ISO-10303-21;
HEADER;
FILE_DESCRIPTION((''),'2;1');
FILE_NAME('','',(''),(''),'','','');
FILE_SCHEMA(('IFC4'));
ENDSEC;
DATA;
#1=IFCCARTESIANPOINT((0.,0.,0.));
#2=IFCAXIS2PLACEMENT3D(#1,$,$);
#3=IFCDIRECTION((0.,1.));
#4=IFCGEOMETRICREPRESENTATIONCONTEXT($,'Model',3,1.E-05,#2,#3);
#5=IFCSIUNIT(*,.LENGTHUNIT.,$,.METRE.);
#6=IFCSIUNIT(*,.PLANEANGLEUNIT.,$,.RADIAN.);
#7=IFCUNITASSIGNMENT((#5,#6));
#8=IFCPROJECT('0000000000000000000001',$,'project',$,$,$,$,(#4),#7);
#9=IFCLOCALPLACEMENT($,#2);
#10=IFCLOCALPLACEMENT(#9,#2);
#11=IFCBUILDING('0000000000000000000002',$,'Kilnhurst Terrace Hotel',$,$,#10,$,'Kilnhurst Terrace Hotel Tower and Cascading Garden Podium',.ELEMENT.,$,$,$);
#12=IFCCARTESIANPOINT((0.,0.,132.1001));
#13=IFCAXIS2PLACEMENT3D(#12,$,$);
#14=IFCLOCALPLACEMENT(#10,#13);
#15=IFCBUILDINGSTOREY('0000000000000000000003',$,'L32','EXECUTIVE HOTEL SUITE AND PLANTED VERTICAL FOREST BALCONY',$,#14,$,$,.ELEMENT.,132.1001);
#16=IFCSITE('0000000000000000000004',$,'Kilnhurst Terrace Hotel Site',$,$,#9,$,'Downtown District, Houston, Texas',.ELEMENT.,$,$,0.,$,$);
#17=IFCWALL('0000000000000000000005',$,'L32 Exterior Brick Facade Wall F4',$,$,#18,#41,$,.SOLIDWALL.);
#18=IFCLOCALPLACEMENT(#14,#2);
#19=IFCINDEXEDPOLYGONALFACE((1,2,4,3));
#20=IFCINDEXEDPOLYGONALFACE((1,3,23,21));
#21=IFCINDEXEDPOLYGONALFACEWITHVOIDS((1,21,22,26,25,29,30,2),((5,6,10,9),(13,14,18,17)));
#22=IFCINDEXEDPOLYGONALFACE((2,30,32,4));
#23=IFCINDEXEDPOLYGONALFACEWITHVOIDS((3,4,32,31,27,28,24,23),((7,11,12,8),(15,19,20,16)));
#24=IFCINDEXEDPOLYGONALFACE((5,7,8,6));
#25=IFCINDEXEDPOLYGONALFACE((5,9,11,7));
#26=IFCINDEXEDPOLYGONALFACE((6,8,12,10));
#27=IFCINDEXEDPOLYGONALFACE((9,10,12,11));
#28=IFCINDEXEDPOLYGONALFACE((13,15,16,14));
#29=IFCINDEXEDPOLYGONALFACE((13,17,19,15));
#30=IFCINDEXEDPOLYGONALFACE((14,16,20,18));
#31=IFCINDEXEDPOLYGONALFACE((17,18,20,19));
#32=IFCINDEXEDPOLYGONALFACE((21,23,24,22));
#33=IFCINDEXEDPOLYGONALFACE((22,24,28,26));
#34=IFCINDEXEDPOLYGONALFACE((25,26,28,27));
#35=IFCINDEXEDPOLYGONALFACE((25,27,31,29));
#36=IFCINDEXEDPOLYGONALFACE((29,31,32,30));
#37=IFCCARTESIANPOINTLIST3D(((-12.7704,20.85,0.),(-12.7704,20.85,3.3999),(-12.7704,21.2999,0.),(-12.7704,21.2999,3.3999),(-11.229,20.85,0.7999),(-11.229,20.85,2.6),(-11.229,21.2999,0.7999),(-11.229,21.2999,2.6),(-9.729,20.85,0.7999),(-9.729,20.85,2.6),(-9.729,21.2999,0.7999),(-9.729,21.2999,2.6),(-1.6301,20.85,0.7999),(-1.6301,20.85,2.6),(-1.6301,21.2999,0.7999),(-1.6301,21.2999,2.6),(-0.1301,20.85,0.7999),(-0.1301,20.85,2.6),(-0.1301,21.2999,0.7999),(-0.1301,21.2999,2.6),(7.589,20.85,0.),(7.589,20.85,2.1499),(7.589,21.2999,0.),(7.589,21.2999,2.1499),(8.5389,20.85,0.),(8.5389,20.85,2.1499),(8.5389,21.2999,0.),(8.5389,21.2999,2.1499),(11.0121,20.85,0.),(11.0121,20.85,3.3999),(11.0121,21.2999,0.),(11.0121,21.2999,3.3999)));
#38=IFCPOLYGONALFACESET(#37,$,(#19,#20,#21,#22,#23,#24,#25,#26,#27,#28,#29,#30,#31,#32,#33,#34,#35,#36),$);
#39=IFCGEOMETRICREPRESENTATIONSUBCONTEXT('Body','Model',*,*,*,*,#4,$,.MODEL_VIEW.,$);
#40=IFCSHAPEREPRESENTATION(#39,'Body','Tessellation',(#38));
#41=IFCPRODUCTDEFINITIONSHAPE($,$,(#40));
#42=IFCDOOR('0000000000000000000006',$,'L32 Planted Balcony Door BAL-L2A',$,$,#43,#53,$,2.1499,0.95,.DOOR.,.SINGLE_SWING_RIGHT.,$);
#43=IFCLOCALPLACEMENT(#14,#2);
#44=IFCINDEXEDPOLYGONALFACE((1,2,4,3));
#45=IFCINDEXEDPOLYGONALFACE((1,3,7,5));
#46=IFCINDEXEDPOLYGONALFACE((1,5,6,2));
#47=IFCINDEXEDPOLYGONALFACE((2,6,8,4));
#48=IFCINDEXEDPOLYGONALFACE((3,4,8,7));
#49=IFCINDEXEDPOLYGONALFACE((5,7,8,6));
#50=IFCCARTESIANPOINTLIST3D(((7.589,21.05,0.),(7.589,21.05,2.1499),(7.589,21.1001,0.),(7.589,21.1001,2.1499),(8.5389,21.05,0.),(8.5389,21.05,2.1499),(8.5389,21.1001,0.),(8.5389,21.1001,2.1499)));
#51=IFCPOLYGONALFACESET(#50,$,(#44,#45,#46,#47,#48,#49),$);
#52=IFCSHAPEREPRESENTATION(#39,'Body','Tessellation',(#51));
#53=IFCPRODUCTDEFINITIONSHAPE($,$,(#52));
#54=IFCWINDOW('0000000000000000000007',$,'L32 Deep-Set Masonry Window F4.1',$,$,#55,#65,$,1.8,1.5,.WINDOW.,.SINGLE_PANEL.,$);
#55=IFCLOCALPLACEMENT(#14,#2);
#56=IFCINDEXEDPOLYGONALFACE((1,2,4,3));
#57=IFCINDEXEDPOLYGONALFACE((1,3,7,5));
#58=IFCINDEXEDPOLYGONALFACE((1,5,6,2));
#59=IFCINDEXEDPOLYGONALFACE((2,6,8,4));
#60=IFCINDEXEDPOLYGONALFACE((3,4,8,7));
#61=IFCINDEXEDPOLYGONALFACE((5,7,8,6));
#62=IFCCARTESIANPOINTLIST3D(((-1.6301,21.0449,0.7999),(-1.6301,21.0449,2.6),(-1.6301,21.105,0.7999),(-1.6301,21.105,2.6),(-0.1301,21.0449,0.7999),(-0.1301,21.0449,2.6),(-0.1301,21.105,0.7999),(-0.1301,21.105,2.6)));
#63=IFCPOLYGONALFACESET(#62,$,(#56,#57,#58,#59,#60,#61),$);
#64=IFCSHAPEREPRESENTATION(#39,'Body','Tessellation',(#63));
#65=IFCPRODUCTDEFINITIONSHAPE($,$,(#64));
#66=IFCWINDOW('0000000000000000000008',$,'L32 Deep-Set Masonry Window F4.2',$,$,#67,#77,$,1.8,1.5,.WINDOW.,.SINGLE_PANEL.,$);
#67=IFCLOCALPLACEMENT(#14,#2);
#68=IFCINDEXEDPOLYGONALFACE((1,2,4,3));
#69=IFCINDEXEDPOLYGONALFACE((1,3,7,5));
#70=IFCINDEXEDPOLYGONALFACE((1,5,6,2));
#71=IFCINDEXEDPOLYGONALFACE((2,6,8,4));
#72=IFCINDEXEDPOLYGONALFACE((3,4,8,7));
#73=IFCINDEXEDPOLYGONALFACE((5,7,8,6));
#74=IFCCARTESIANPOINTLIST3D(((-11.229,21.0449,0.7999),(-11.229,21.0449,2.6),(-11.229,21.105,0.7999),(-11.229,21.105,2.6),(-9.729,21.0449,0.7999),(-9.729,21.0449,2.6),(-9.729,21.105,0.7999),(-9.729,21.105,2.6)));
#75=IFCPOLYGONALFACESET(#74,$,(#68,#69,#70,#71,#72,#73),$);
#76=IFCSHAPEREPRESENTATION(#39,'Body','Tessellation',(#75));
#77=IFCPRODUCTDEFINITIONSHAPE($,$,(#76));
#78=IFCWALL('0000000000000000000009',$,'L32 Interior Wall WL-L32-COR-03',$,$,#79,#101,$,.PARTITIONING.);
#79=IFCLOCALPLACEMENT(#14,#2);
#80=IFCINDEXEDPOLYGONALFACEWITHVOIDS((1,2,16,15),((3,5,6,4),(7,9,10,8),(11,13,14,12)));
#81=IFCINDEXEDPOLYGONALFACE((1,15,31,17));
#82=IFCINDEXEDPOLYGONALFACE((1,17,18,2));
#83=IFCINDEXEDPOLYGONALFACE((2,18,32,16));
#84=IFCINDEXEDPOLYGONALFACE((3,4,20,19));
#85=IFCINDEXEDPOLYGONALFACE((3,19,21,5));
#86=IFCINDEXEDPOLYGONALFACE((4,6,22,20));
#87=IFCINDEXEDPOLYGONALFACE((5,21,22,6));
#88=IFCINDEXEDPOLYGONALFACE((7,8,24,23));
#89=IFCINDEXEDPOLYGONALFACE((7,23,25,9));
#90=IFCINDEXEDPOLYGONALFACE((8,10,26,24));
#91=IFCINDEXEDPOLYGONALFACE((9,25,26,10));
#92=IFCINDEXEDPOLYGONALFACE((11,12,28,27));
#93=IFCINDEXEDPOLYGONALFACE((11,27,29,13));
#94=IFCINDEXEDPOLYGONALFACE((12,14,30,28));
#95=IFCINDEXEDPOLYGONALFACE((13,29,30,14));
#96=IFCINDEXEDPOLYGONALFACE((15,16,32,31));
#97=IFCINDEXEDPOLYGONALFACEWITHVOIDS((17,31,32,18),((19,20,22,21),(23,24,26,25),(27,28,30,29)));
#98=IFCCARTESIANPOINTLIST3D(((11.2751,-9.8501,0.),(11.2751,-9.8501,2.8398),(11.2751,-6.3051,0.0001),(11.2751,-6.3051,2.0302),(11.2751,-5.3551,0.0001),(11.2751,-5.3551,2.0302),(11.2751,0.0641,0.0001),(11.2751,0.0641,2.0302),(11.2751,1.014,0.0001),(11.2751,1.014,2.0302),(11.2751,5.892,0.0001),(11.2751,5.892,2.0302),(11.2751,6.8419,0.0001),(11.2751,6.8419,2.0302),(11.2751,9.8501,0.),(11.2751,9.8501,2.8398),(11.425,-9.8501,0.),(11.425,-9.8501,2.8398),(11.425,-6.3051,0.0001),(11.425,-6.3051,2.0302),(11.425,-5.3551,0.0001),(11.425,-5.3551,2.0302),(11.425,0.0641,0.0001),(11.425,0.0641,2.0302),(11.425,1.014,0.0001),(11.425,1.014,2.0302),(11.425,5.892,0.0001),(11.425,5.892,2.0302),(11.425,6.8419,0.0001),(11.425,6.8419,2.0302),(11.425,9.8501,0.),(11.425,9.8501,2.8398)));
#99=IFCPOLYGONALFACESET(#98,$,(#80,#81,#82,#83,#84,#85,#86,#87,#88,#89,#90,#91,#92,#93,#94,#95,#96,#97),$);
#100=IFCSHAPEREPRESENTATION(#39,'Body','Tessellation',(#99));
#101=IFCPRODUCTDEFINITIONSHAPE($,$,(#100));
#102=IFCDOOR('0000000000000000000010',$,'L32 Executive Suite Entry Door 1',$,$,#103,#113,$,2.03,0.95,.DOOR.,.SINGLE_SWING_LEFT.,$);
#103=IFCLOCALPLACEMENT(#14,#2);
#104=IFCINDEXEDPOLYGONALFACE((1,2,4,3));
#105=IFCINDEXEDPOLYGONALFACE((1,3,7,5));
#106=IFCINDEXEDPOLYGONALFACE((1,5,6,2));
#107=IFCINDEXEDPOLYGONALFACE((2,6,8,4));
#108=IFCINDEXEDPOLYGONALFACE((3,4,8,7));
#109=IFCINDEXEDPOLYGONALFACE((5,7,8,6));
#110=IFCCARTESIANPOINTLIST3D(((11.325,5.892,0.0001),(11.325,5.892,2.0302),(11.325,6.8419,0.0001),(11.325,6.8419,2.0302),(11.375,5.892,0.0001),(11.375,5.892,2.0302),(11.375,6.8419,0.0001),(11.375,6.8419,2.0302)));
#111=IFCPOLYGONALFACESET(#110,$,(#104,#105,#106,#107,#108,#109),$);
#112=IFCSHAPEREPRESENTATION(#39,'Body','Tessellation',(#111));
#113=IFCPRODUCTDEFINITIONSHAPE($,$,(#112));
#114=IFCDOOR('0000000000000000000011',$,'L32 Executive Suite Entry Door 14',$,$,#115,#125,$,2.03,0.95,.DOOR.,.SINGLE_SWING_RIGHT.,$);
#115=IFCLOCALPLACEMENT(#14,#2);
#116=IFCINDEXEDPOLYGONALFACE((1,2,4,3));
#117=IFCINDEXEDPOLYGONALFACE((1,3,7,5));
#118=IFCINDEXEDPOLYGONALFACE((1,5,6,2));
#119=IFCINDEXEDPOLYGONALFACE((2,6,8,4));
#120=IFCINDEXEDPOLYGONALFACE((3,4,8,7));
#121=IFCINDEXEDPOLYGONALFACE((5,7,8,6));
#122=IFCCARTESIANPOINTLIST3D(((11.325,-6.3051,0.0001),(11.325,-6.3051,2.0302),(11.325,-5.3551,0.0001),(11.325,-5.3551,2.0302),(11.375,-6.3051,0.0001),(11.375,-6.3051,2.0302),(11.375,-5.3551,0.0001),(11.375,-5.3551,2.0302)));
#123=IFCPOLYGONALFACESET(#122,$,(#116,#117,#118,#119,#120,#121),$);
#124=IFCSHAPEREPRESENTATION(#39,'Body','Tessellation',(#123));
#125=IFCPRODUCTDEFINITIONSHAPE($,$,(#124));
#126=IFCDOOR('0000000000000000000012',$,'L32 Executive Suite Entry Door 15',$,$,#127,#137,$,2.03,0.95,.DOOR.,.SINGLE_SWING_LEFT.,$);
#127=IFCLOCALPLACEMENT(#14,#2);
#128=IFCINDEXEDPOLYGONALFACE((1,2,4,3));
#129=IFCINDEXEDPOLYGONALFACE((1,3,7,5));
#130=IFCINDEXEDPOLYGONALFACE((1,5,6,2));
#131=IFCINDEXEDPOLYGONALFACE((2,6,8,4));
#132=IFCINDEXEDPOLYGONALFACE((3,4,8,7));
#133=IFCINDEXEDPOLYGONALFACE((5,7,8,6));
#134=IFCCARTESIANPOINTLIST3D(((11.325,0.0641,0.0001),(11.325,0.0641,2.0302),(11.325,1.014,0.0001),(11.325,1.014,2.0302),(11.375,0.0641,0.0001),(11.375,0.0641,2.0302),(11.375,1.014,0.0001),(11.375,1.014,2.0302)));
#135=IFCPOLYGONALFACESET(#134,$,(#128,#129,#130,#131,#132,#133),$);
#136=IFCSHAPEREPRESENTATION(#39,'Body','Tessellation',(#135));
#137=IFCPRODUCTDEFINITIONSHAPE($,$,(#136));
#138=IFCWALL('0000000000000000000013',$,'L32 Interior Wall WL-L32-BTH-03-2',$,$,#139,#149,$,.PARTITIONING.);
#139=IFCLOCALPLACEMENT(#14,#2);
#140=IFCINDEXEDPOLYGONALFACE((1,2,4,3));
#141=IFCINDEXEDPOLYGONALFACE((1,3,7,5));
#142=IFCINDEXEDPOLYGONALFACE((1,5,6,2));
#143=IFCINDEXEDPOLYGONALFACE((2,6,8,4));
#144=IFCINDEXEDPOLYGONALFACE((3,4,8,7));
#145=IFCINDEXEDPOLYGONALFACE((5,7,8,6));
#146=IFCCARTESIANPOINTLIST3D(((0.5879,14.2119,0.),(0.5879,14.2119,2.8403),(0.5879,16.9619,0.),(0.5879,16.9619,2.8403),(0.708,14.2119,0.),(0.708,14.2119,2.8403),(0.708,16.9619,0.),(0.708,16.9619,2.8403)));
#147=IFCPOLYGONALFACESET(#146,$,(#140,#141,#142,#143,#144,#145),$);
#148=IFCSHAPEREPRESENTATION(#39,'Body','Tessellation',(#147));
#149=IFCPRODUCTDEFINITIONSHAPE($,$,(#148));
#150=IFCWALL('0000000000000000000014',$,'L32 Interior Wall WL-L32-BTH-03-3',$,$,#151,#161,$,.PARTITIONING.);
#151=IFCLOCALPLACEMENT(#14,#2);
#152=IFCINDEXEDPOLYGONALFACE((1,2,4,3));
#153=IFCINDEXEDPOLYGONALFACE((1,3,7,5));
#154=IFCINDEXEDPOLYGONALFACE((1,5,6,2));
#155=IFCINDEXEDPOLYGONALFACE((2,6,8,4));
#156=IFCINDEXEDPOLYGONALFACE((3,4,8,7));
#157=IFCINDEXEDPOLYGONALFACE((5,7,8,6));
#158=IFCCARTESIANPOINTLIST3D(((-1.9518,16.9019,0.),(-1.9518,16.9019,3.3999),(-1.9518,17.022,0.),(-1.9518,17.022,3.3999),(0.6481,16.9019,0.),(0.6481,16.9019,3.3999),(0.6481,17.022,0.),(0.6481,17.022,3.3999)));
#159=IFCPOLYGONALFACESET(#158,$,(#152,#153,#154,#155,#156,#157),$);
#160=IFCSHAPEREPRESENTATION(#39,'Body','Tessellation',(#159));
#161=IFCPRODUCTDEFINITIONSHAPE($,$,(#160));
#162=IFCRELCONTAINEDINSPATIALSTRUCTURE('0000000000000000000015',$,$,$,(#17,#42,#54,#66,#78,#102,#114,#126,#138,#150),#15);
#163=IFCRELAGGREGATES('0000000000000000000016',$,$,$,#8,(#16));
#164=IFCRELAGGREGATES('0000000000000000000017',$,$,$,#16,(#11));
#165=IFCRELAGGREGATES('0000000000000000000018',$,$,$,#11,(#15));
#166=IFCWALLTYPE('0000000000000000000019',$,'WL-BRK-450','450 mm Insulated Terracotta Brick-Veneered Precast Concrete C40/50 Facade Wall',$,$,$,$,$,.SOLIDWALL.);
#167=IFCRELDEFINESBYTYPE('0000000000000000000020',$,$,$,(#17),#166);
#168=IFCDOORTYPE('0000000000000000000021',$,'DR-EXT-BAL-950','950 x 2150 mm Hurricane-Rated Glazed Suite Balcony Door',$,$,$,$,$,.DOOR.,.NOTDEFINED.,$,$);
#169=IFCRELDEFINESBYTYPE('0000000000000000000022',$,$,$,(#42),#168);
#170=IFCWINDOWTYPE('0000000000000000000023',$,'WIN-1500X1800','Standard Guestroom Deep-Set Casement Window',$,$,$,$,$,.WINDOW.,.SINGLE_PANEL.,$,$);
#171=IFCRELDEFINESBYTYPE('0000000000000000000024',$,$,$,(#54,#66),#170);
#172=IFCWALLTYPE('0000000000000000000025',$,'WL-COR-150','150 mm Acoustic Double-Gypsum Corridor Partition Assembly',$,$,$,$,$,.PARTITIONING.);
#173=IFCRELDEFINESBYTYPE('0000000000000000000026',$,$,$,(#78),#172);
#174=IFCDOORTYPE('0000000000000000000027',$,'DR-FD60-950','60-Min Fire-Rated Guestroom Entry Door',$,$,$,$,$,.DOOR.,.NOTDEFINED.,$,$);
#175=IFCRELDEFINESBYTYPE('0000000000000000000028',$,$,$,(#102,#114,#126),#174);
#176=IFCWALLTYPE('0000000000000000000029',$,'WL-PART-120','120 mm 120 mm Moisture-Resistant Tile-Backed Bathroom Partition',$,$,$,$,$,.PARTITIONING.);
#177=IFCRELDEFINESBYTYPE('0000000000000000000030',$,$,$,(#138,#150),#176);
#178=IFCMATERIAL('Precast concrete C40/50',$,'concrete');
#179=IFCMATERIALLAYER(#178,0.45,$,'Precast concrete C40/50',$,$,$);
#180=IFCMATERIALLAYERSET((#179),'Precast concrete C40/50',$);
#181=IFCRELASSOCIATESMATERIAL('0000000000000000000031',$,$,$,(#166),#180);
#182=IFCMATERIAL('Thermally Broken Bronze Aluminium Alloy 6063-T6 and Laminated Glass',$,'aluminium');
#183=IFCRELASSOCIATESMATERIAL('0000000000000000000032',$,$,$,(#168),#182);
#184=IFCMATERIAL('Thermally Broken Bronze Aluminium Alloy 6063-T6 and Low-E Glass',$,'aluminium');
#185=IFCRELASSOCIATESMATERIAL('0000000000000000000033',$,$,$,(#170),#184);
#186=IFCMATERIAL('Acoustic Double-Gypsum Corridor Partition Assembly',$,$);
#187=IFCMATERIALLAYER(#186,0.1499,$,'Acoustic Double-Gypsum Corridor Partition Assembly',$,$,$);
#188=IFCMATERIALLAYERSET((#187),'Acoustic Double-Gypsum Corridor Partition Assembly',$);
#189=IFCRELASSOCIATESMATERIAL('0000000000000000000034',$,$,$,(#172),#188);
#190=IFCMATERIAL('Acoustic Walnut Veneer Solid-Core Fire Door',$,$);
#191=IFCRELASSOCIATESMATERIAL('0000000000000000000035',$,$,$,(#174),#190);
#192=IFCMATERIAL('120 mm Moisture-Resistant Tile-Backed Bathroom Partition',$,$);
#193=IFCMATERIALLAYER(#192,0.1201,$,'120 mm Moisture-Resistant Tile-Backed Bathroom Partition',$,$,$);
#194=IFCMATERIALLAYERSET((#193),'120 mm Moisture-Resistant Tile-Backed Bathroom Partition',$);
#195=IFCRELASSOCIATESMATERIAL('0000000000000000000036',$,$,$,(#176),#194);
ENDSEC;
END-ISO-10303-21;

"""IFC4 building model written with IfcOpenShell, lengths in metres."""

from ifc_helpers import new_model, si_unit, direction, frame, frame_2d, origin, place, context, subcontext, project, spatial, rectangle, extrude, material, layer, layer_set, type_object, element, fill, save


model = new_model("IFC4")

# Units and contexts
model_context = context("Model", 3, precision=1e-05, world=origin(), true_north=direction((0.0, 1.0)))
body_context = subcontext(model_context, "Body", "Model", "MODEL_VIEW")
ifc_project = project(units=[si_unit("LENGTHUNIT", "METRE"), si_unit("PLANEANGLEUNIT", "RADIAN")], contexts=[model_context])

# Site, building, storey
site_placement = place(None, origin())
site = spatial("IfcSite", under=ifc_project, at=site_placement, Name="Kilnhurst Terrace Hotel Site", LongName="Downtown District, Houston, Texas", CompositionType="ELEMENT", RefElevation=0.0)
building_placement = place(site_placement, origin())
building = spatial("IfcBuilding", under=site, at=building_placement, Name="Kilnhurst Terrace Hotel", LongName="Kilnhurst Terrace Hotel Tower and Cascading Garden Podium", CompositionType="ELEMENT")
storey_placement = place(building_placement, frame((0.0, 0.0, 132.1001)))
storey = spatial("IfcBuildingStorey", under=building, at=storey_placement, Name="L32", Description="EXECUTIVE HOTEL SUITE AND PLANTED VERTICAL FOREST BALCONY", CompositionType="ELEMENT", Elevation=132.1001)

# Shared definitions
ifc_material_1 = material(Name="Precast concrete C40/50", Category="concrete")
ifc_layer_1 = layer(ifc_material_1, 0.45, Name="Precast concrete C40/50")
ifc_layer_set_1 = layer_set([ifc_layer_1], Name="Precast concrete C40/50")
wall_type_1 = type_object("IfcWallType", Name="WL-BRK-450", Description="450 mm Insulated Terracotta Brick-Veneered Precast Concrete C40/50 Facade Wall", PredefinedType="SOLIDWALL", material=ifc_layer_set_1)

# Wall, openings, door, windows
wall_1_placement = place(storey_placement, frame((11.012, 21.075, 0.0), z_axis=(0.0, 0.0, 1.0), x_axis=(-1.0, 0.0, 0.0)))
wall_1 = element("IfcWall", 1, at=wall_1_placement, inside=storey, type_object=wall_type_1, Name="L32 Exterior Brick Facade Wall F4", PredefinedType="SOLIDWALL", context=body_context, shape_type="SweptSolid", body=[
    extrude(rectangle(XDim=23.7825, YDim=0.45, at=frame_2d((11.8911, 0.0))), origin(), (0.0, 0.0, 1.0), 3.3999),
])
opening_1_placement = place(wall_1_placement, frame((2.4729, 0.0, 0.0)))
opening_1 = element("IfcOpeningElement", 2, at=opening_1_placement, cuts=wall_1, PredefinedType="OPENING", context=body_context, shape_type="SweptSolid", body=[
    extrude(rectangle(XDim=0.95, YDim=2.1499, at=frame_2d((0.4751, 1.075))), frame((0.0, 0.2349, 0.0), z_axis=(0.0, -1.0, 0.0), x_axis=(1.0, 0.0, 0.0)), (0.0, 0.0, 1.0), 0.47),
])
opening_2_placement = place(wall_1_placement, frame((11.1421, 0.0, 0.8)))
opening_2 = element("IfcOpeningElement", 3, at=opening_2_placement, cuts=wall_1, PredefinedType="OPENING", context=body_context, shape_type="SweptSolid", body=[
    extrude(rectangle(XDim=1.5, YDim=1.8, at=frame_2d((0.75, 0.8999))), frame((0.0, 0.2349, 0.0), z_axis=(0.0, -1.0, 0.0), x_axis=(1.0, 0.0, 0.0)), (0.0, 0.0, 1.0), 0.47),
])
opening_3_placement = place(wall_1_placement, frame((20.741, 0.0, 0.8)))
opening_3 = element("IfcOpeningElement", 4, at=opening_3_placement, cuts=wall_1, PredefinedType="OPENING", context=body_context, shape_type="SweptSolid", body=[
    extrude(rectangle(XDim=1.5, YDim=1.8, at=frame_2d((0.75, 0.8999))), frame((0.0, 0.2349, 0.0), z_axis=(0.0, -1.0, 0.0), x_axis=(1.0, 0.0, 0.0)), (0.0, 0.0, 1.0), 0.47),
])
ifc_material_2 = material(Name="Thermally Broken Bronze Aluminium Alloy 6063-T6 and Laminated Glass", Category="aluminium")
door_type_1 = type_object("IfcDoorType", Name="DR-EXT-BAL-950", Description="950 x 2150 mm Hurricane-Rated Glazed Suite Balcony Door", OperationType="NOTDEFINED", PredefinedType="DOOR", material=ifc_material_2)
door_1_placement = place(opening_1_placement, origin())
door_1 = element("IfcDoor", 5, at=door_1_placement, inside=storey, type_object=door_type_1, Name="L32 Planted Balcony Door BAL-L2A", OperationType="SINGLE_SWING_RIGHT", OverallHeight=2.1499, OverallWidth=0.95, PredefinedType="DOOR", context=body_context, shape_type="SweptSolid", body=[
    extrude(rectangle(XDim=0.95, YDim=2.1499, at=frame_2d((0.4751, 1.075))), frame((0.0, 0.0249, 0.0), z_axis=(0.0, -1.0, 0.0), x_axis=(1.0, 0.0, 0.0)), (0.0, 0.0, 1.0), 0.05),
])
fill(opening_1, door_1)
ifc_material_3 = material(Name="Thermally Broken Bronze Aluminium Alloy 6063-T6 and Low-E Glass", Category="aluminium")
window_type = type_object("IfcWindowType", Name="WIN-1500X1800", Description="Standard Guestroom Deep-Set Casement Window", PartitioningType="SINGLE_PANEL", PredefinedType="WINDOW", material=ifc_material_3)
window_1_placement = place(opening_2_placement, origin())
window_1 = element("IfcWindow", 6, at=window_1_placement, inside=storey, type_object=window_type, Name="L32 Deep-Set Masonry Window F4.1", OverallHeight=1.8, OverallWidth=1.5, PartitioningType="SINGLE_PANEL", PredefinedType="WINDOW", context=body_context, shape_type="SweptSolid", body=[
    extrude(rectangle(XDim=1.5, YDim=1.8, at=frame_2d((0.75, 0.8999))), frame((0.0, 0.03, 0.0), z_axis=(0.0, -1.0, 0.0), x_axis=(1.0, 0.0, 0.0)), (0.0, 0.0, 1.0), 0.0601),
])
fill(opening_2, window_1)
window_2_placement = place(opening_3_placement, origin())
window_2 = element("IfcWindow", 7, at=window_2_placement, inside=storey, type_object=window_type, Name="L32 Deep-Set Masonry Window F4.2", OverallHeight=1.8, OverallWidth=1.5, PartitioningType="SINGLE_PANEL", PredefinedType="WINDOW", context=body_context, shape_type="SweptSolid", body=[
    extrude(rectangle(XDim=1.5, YDim=1.8, at=frame_2d((0.75, 0.8999))), frame((0.0, 0.03, 0.0), z_axis=(0.0, -1.0, 0.0), x_axis=(1.0, 0.0, 0.0)), (0.0, 0.0, 1.0), 0.0601),
])
fill(opening_3, window_2)

# Wall, openings, doors
ifc_material_4 = material(Name="Acoustic Double-Gypsum Corridor Partition Assembly")
ifc_layer_2 = layer(ifc_material_4, 0.1499, Name="Acoustic Double-Gypsum Corridor Partition Assembly")
ifc_layer_set_2 = layer_set([ifc_layer_2], Name="Acoustic Double-Gypsum Corridor Partition Assembly")
wall_type_2 = type_object("IfcWallType", Name="WL-COR-150", Description="150 mm Acoustic Double-Gypsum Corridor Partition Assembly", PredefinedType="PARTITIONING", material=ifc_layer_set_2)
wall_2_placement = place(storey_placement, frame((11.3501, 9.8501, 0.0), z_axis=(0.0, 0.0, 1.0), x_axis=(0.0, -1.0, 0.0)))
wall_2 = element("IfcWall", 8, at=wall_2_placement, inside=storey, type_object=wall_type_2, Name="L32 Interior Wall WL-L32-COR-03", PredefinedType="PARTITIONING", context=body_context, shape_type="SweptSolid", body=[
    extrude(rectangle(XDim=19.7002, YDim=0.1499, at=frame_2d((9.8501, 0.0))), origin(), (0.0, 0.0, 1.0), 2.8398),
])
opening_4_placement = place(wall_2_placement, frame((3.0081, 0.0, 0.0)))
opening_4 = element("IfcOpeningElement", 9, at=opening_4_placement, cuts=wall_2, PredefinedType="OPENING", context=body_context, shape_type="SweptSolid", body=[
    extrude(rectangle(XDim=0.95, YDim=2.03, at=frame_2d((0.4751, 1.0151))), frame((0.0, 0.085, 0.0), z_axis=(0.0, -1.0, 0.0), x_axis=(1.0, 0.0, 0.0)), (0.0, 0.0, 1.0), 0.1699),
])
opening_5_placement = place(wall_2_placement, frame((15.2051, 0.0, 0.0)))
opening_5 = element("IfcOpeningElement", 10, at=opening_5_placement, cuts=wall_2, PredefinedType="OPENING", context=body_context, shape_type="SweptSolid", body=[
    extrude(rectangle(XDim=0.95, YDim=2.03, at=frame_2d((0.4751, 1.0151))), frame((0.0, 0.085, 0.0), z_axis=(0.0, -1.0, 0.0), x_axis=(1.0, 0.0, 0.0)), (0.0, 0.0, 1.0), 0.1699),
])
opening_6_placement = place(wall_2_placement, frame((8.8359, 0.0, 0.0)))
opening_6 = element("IfcOpeningElement", 11, at=opening_6_placement, cuts=wall_2, PredefinedType="OPENING", context=body_context, shape_type="SweptSolid", body=[
    extrude(rectangle(XDim=0.95, YDim=2.03, at=frame_2d((0.4751, 1.0151))), frame((0.0, 0.085, 0.0), z_axis=(0.0, -1.0, 0.0), x_axis=(1.0, 0.0, 0.0)), (0.0, 0.0, 1.0), 0.1699),
])
ifc_material_5 = material(Name="Acoustic Walnut Veneer Solid-Core Fire Door")
door_type_2 = type_object("IfcDoorType", Name="DR-FD60-950", Description="60-Min Fire-Rated Guestroom Entry Door", OperationType="NOTDEFINED", PredefinedType="DOOR", material=ifc_material_5)
door_2_placement = place(opening_4_placement, origin())
door_2 = element("IfcDoor", 12, at=door_2_placement, inside=storey, type_object=door_type_2, Name="L32 Executive Suite Entry Door 1", OperationType="SINGLE_SWING_LEFT", OverallHeight=2.03, OverallWidth=0.95, PredefinedType="DOOR", context=body_context, shape_type="SweptSolid", body=[
    extrude(rectangle(XDim=0.95, YDim=2.03, at=frame_2d((0.4751, 1.0151))), frame((0.0, 0.0249, 0.0), z_axis=(0.0, -1.0, 0.0), x_axis=(1.0, 0.0, 0.0)), (0.0, 0.0, 1.0), 0.05),
])
fill(opening_4, door_2)
door_3_placement = place(opening_5_placement, origin())
door_3 = element("IfcDoor", 13, at=door_3_placement, inside=storey, type_object=door_type_2, Name="L32 Executive Suite Entry Door 14", OperationType="SINGLE_SWING_RIGHT", OverallHeight=2.03, OverallWidth=0.95, PredefinedType="DOOR", context=body_context, shape_type="SweptSolid", body=[
    extrude(rectangle(XDim=0.95, YDim=2.03, at=frame_2d((0.4751, 1.0151))), frame((0.0, 0.0249, 0.0), z_axis=(0.0, -1.0, 0.0), x_axis=(1.0, 0.0, 0.0)), (0.0, 0.0, 1.0), 0.05),
])
fill(opening_5, door_3)
door_4_placement = place(opening_6_placement, origin())
door_4 = element("IfcDoor", 14, at=door_4_placement, inside=storey, type_object=door_type_2, Name="L32 Executive Suite Entry Door 15", OperationType="SINGLE_SWING_LEFT", OverallHeight=2.03, OverallWidth=0.95, PredefinedType="DOOR", context=body_context, shape_type="SweptSolid", body=[
    extrude(rectangle(XDim=0.95, YDim=2.03, at=frame_2d((0.4751, 1.0151))), frame((0.0, 0.0249, 0.0), z_axis=(0.0, -1.0, 0.0), x_axis=(1.0, 0.0, 0.0)), (0.0, 0.0, 1.0), 0.05),
])
fill(opening_6, door_4)

# Walls
ifc_material_6 = material(Name="120 mm Moisture-Resistant Tile-Backed Bathroom Partition")
ifc_layer_3 = layer(ifc_material_6, 0.1201, Name="120 mm Moisture-Resistant Tile-Backed Bathroom Partition")
ifc_layer_set_3 = layer_set([ifc_layer_3], Name="120 mm Moisture-Resistant Tile-Backed Bathroom Partition")
wall_type_3 = type_object("IfcWallType", Name="WL-PART-120", Description="120 mm 120 mm Moisture-Resistant Tile-Backed Bathroom Partition", PredefinedType="PARTITIONING", material=ifc_layer_set_3)
wall_3_placement = place(storey_placement, frame((0.6479, 14.2119, 0.0), z_axis=(0.0, 0.0, 1.0), x_axis=(0.0, 1.0, 0.0)))
element("IfcWall", 15, at=wall_3_placement, inside=storey, type_object=wall_type_3, Name="L32 Interior Wall WL-L32-BTH-03-2", PredefinedType="PARTITIONING", context=body_context, shape_type="SweptSolid", body=[
    extrude(rectangle(XDim=2.75, YDim=0.1201, at=frame_2d((1.375, 0.0))), origin(), (0.0, 0.0, 1.0), 2.8403),
])
wall_4_placement = place(storey_placement, frame((0.6479, 16.9619, 0.0), z_axis=(0.0, 0.0, 1.0), x_axis=(-1.0, 0.0, 0.0)))
element("IfcWall", 16, at=wall_4_placement, inside=storey, type_object=wall_type_3, Name="L32 Interior Wall WL-L32-BTH-03-3", PredefinedType="PARTITIONING", context=body_context, shape_type="SweptSolid", body=[
    extrude(rectangle(XDim=2.5999, YDim=0.1201, at=frame_2d((1.2998, 0.0))), origin(), (0.0, 0.0, 1.0), 3.3999),
])

save(model, "model.ifc")
